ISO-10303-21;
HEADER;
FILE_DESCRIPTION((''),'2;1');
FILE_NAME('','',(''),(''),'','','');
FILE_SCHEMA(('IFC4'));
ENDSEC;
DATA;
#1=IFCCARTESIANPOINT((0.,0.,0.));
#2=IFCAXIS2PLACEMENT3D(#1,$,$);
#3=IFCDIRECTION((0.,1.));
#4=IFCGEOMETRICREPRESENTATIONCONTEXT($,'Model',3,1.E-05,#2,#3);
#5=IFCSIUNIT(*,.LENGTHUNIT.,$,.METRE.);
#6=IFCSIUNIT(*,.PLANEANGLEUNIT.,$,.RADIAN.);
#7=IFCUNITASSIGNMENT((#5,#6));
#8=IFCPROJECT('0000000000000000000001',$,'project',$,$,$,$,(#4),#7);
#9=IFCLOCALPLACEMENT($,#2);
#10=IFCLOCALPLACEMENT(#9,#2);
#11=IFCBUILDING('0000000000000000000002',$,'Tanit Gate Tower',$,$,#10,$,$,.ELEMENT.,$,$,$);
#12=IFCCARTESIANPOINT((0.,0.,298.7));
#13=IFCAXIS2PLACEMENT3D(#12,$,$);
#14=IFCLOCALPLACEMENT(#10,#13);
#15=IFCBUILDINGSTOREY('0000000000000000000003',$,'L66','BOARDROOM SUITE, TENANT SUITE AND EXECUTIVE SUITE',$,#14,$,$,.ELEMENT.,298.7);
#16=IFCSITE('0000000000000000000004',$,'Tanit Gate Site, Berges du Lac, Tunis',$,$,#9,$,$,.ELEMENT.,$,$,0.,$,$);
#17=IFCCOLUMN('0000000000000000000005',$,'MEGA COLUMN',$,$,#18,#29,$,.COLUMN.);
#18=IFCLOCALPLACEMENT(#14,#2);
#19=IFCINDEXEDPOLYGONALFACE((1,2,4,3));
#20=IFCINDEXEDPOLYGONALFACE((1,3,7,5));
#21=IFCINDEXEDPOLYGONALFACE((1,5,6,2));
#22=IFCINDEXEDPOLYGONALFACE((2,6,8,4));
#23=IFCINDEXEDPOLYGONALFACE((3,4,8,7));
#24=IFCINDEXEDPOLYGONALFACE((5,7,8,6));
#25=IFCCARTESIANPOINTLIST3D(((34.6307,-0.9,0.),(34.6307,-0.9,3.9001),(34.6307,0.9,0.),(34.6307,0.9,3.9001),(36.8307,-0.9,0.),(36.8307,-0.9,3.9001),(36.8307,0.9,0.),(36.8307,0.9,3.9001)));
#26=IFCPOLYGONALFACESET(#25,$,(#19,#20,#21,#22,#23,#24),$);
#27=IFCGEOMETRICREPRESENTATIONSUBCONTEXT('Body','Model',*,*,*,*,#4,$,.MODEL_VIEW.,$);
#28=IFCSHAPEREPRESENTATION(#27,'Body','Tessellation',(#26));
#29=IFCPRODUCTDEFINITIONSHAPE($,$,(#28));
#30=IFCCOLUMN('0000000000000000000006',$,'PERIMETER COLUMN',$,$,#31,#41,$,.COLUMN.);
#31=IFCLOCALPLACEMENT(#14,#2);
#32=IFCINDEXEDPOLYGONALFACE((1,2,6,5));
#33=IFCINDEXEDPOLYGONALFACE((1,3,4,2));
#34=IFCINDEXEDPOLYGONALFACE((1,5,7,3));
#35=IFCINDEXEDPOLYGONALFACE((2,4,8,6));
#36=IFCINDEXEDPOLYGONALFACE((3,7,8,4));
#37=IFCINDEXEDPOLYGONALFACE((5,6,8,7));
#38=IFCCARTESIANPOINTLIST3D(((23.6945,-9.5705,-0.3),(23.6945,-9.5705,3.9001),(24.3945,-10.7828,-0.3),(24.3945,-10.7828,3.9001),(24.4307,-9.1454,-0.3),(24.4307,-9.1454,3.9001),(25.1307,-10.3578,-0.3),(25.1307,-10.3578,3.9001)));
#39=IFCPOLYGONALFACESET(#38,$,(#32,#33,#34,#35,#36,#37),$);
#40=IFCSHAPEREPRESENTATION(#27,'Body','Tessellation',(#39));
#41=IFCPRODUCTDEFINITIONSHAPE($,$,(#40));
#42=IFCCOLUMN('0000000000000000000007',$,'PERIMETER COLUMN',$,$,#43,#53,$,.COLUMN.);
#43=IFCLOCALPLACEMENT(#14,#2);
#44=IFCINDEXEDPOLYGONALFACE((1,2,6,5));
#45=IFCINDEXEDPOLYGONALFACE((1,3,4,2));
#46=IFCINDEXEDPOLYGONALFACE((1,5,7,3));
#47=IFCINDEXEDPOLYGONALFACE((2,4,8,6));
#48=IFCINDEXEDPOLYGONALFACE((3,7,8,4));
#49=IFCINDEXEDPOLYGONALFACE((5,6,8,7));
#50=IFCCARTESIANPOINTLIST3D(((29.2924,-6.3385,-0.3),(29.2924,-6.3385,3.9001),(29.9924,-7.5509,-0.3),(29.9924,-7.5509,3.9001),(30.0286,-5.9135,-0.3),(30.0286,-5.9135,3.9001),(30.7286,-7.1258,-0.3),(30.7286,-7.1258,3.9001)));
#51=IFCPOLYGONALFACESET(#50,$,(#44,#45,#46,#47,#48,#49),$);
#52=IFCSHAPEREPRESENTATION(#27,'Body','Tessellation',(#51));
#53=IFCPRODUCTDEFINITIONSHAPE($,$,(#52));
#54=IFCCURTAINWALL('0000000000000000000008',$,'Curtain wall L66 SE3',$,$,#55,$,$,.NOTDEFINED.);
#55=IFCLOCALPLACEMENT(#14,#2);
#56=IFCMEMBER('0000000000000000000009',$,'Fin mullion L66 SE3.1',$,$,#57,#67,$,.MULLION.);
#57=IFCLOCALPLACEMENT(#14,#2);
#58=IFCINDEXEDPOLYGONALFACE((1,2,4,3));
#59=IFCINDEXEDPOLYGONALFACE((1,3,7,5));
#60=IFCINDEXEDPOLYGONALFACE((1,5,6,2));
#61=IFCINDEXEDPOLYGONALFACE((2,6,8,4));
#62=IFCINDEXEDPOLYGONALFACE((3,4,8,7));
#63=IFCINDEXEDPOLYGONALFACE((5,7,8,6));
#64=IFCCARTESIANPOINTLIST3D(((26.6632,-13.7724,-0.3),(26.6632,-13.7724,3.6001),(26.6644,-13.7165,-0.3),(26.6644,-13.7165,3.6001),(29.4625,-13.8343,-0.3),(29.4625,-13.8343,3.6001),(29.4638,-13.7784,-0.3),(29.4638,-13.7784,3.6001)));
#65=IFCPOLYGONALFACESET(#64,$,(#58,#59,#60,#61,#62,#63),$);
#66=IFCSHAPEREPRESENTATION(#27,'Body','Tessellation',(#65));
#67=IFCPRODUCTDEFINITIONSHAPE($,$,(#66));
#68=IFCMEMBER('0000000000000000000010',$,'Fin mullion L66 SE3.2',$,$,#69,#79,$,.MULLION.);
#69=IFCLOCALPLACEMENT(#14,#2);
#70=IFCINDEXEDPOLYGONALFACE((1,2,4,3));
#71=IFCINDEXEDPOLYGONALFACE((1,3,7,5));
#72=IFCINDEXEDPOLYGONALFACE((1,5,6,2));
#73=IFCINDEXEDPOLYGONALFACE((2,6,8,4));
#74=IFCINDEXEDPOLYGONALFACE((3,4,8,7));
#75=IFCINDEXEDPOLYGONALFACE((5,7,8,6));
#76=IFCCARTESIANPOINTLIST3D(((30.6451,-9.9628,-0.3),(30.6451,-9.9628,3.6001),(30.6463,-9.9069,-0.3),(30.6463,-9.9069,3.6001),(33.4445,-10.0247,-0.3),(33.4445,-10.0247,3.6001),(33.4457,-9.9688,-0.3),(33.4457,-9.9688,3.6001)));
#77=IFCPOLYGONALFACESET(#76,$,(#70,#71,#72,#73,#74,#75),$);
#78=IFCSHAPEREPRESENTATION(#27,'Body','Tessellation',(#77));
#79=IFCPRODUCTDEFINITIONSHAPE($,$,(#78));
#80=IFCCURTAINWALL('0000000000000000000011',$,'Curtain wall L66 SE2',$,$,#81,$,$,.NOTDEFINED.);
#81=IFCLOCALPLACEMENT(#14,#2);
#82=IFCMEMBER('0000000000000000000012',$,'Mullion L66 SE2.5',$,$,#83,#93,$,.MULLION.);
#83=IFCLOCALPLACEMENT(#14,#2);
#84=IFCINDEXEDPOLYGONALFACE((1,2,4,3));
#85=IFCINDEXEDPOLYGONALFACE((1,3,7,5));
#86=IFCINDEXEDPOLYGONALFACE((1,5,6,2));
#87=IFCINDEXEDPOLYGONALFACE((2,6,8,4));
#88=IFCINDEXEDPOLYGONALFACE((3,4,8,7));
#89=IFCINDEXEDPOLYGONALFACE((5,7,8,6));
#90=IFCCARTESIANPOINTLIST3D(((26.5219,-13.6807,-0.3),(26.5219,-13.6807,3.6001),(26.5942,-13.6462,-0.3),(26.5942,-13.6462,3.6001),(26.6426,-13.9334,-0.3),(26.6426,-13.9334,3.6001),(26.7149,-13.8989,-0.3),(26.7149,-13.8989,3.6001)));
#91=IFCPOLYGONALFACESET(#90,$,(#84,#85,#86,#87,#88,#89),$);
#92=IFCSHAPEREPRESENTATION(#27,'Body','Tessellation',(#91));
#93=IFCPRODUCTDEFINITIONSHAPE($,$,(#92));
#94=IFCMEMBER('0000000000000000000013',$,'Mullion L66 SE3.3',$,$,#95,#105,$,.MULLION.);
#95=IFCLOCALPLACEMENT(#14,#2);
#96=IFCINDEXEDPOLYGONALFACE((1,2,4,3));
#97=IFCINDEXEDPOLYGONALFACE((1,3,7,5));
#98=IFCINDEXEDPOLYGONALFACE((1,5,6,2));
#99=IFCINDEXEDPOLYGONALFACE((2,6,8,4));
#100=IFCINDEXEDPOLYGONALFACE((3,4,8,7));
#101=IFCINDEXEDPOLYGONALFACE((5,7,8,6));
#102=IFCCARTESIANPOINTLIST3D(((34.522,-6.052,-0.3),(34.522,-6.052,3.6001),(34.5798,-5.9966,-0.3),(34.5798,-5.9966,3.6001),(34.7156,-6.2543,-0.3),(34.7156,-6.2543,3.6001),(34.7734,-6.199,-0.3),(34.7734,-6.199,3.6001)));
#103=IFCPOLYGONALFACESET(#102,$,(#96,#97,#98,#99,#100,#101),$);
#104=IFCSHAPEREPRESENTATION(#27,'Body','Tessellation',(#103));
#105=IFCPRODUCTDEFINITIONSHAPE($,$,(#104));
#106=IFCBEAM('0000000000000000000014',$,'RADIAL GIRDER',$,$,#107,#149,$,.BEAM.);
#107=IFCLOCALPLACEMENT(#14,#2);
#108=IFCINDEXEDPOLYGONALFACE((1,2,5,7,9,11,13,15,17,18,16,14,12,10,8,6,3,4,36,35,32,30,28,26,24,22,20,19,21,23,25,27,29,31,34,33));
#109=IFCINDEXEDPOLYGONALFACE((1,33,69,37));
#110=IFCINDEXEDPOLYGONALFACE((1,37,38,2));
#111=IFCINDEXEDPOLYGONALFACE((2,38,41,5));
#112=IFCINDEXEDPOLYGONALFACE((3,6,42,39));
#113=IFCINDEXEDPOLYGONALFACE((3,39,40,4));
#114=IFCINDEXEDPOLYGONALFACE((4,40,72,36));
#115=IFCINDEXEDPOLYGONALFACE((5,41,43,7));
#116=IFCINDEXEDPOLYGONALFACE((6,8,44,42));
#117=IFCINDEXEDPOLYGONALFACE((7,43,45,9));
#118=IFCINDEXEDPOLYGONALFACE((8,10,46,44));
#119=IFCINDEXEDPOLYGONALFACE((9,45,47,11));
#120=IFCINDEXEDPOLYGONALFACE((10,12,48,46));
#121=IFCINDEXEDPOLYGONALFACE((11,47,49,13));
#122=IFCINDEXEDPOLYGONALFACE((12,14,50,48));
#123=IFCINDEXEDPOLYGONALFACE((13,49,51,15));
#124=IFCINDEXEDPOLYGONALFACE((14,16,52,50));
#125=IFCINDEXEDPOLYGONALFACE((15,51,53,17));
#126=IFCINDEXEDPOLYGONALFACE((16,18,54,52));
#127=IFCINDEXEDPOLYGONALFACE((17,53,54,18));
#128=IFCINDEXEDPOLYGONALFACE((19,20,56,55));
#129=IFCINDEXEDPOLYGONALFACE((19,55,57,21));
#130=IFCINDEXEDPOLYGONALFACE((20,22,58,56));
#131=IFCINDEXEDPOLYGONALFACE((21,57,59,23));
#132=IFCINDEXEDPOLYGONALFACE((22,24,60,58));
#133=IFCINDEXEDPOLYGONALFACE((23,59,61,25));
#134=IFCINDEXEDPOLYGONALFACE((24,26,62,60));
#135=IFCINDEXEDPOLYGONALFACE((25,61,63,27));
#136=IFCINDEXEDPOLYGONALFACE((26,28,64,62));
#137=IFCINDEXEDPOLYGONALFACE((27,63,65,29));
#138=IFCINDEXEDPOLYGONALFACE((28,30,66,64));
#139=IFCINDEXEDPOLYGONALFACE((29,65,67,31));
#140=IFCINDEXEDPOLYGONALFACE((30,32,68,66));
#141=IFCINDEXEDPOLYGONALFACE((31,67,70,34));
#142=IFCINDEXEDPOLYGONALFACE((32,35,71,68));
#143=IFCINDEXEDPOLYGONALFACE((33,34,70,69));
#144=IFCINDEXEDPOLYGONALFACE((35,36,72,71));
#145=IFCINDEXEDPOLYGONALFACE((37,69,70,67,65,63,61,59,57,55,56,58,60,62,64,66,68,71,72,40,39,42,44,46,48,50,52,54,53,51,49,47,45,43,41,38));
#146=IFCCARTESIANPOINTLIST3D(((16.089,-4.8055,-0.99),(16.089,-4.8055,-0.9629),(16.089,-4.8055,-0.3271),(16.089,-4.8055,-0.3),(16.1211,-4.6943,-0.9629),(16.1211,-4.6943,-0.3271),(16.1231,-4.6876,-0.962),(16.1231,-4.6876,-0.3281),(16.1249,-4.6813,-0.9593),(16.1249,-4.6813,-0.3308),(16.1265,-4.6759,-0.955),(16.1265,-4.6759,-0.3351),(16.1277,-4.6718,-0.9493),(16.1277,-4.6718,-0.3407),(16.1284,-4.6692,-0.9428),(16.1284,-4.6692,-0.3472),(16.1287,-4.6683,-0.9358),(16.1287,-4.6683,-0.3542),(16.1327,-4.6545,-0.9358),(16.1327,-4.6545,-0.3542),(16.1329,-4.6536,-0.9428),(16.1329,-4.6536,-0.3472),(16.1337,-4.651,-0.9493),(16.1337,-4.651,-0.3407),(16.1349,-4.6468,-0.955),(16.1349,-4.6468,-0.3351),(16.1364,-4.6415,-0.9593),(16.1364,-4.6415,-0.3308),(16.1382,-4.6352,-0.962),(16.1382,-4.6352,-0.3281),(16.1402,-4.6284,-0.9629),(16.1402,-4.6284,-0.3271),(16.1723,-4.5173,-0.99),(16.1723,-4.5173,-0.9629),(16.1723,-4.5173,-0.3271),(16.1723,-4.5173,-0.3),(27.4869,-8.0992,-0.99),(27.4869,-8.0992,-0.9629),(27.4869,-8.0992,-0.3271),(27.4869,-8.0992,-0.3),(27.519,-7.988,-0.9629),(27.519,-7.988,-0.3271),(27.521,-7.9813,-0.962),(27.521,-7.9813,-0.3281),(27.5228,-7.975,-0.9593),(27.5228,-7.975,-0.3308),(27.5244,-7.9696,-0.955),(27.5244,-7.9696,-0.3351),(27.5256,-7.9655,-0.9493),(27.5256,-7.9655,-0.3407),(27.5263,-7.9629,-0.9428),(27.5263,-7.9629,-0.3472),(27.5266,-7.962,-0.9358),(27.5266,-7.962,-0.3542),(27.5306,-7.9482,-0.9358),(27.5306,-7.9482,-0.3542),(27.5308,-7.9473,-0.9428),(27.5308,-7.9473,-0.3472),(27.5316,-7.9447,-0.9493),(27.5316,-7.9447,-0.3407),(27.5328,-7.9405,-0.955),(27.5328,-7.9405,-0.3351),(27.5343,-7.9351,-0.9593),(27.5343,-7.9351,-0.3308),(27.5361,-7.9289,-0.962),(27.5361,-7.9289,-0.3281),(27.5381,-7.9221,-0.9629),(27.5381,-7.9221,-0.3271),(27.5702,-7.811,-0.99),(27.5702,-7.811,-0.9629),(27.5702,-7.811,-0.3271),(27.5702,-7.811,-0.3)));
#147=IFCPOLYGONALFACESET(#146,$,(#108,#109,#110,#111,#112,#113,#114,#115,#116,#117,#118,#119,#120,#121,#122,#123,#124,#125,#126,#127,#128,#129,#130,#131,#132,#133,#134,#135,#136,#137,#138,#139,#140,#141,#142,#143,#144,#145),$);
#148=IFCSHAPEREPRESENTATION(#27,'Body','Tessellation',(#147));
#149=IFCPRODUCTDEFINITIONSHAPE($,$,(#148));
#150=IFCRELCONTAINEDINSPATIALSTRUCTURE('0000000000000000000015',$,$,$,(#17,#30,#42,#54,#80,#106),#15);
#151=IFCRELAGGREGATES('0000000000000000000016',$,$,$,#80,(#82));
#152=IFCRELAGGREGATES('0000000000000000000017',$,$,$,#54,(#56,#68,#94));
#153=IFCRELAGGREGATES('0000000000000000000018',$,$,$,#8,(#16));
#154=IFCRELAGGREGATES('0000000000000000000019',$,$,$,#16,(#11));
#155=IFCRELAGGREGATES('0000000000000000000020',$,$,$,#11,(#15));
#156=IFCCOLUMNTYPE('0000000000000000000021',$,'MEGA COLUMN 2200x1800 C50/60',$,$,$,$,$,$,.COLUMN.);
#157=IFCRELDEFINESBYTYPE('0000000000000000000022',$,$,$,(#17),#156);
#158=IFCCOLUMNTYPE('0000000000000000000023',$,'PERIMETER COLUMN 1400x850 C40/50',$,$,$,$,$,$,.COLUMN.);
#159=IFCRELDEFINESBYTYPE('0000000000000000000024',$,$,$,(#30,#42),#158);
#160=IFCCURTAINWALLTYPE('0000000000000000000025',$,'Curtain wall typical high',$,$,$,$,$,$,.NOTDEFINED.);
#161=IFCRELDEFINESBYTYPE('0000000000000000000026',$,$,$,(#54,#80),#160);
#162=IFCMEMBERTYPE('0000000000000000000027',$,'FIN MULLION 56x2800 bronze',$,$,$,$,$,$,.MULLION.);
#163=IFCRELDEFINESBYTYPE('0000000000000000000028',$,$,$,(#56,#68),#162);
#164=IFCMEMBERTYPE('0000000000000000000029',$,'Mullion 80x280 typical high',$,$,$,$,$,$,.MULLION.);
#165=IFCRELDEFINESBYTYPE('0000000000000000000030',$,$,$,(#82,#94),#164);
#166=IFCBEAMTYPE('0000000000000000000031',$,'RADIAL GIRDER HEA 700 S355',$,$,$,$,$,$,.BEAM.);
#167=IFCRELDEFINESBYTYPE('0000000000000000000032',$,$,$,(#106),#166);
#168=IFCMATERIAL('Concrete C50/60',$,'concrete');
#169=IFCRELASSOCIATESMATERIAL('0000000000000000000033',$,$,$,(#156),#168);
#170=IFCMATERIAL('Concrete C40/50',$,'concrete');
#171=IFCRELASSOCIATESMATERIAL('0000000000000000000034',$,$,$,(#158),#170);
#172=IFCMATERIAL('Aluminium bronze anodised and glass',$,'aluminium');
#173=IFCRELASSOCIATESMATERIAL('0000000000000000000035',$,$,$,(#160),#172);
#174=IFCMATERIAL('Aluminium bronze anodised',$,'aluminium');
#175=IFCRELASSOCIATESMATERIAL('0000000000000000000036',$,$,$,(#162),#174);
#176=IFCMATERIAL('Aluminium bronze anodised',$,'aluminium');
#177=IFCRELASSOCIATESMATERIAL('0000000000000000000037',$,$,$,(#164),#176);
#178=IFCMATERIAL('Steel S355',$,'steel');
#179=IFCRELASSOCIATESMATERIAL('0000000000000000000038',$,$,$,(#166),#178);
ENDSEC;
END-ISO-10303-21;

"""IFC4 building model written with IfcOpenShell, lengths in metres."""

from ifc_helpers import new_model, si_unit, direction, frame, origin, origin_2d, place, context, subcontext, project, spatial, rectangle, i_section, extrude, material, material_profile, profile_set, type_object, element, aggregate, save


model = new_model("IFC4")

# Units and contexts
model_context = context("Model", 3, precision=1e-05, world=origin(), true_north=direction((0.0, 1.0)))
body_context = subcontext(model_context, "Body", "Model", "MODEL_VIEW")
ifc_project = project(units=[si_unit("LENGTHUNIT", "METRE"), si_unit("PLANEANGLEUNIT", "RADIAN")], contexts=[model_context])

# Site, building, storey
site_placement = place(None, origin())
site = spatial("IfcSite", under=ifc_project, at=site_placement, Name="Tanit Gate Site, Berges du Lac, Tunis", CompositionType="ELEMENT", RefElevation=0.0)
building_placement = place(site_placement, origin())
building = spatial("IfcBuilding", under=site, at=building_placement, Name="Tanit Gate Tower", CompositionType="ELEMENT")
storey_placement = place(building_placement, frame((0.0, 0.0, 298.7)))
storey = spatial("IfcBuildingStorey", under=building, at=storey_placement, Name="L66", Description="BOARDROOM SUITE, TENANT SUITE AND EXECUTIVE SUITE", CompositionType="ELEMENT", Elevation=298.7)

# Columns
ifc_material_1 = material(Name="Concrete C50/60", Category="concrete")
ifc_material_profile_1 = material_profile(ifc_material_1, rectangle(XDim=2.2, YDim=1.8, at=origin_2d()), Name="RC 2200x1800")
ifc_profile_set_1 = profile_set([ifc_material_profile_1], Name="Concrete C50/60")
column_type_1 = type_object("IfcColumnType", Name="MEGA COLUMN 2200x1800 C50/60", PredefinedType="COLUMN", material=ifc_profile_set_1)
column_placement = place(storey_placement, frame((35.7307, 0.0, 0.0), z_axis=(0.0, 0.0, 1.0), x_axis=(1.0, 0.0, 0.0)))
element("IfcColumn", 1, at=column_placement, inside=storey, type_object=column_type_1, Name="MEGA COLUMN", PredefinedType="COLUMN", context=body_context, shape_type="SweptSolid", body=[
    extrude(rectangle(XDim=2.2, YDim=1.8, at=origin_2d()), origin(), (0.0, 0.0, 1.0), 3.9001),
])
ifc_material_2 = material(Name="Concrete C40/50", Category="concrete")
ifc_material_profile_2 = material_profile(ifc_material_2, rectangle(XDim=1.3999, YDim=0.8501, at=origin_2d()), Name="RC 1400x850")
ifc_profile_set_2 = profile_set([ifc_material_profile_2], Name="Concrete C40/50")
column_type_2 = type_object("IfcColumnType", Name="PERIMETER COLUMN 1400x850 C40/50", PredefinedType="COLUMN", material=ifc_profile_set_2)
for number, where, z_axis, x_axis, name in (
    (2, (24.4126, -9.9641, -0.3), (0.0, 0.0, 1.0), (0.5, -0.866025, 0.0), "PERIMETER COLUMN"),
    (3, (30.0105, -6.7322, -0.3), (0.0, 0.0, 1.0), (0.5, -0.866025, 0.0), "PERIMETER COLUMN"),
):
    element("IfcColumn", number, at=place(storey_placement, frame(where, z_axis=z_axis, x_axis=x_axis)), inside=storey, type_object=column_type_2, Name=name, PredefinedType="COLUMN", context=body_context, shape_type="SweptSolid", body=[
        extrude(rectangle(XDim=1.3999, YDim=0.8501, at=origin_2d()), origin(), (0.0, 0.0, 1.0), 4.2002),
    ])

# Curtain wall, members
ifc_material_3 = material(Name="Aluminium bronze anodised and glass", Category="aluminium")
curtain_wall_type = type_object("IfcCurtainWallType", Name="Curtain wall typical high", PredefinedType="NOTDEFINED", material=ifc_material_3)
curtain_wall_1_placement = place(storey_placement, origin())
curtain_wall_1 = element("IfcCurtainWall", 4, at=curtain_wall_1_placement, inside=storey, type_object=curtain_wall_type, Name="Curtain wall L66 SE3", PredefinedType="NOTDEFINED")
ifc_material_4 = material(Name="Aluminium bronze anodised", Category="aluminium")
ifc_material_profile_3 = material_profile(ifc_material_4, rectangle(XDim=2.8, YDim=0.0559, at=origin_2d()), Name="56x2800 bronze fin mullion")
ifc_profile_set_3 = profile_set([ifc_material_profile_3], Name="Aluminium bronze anodised")
member_type_1 = type_object("IfcMemberType", Name="FIN MULLION 56x2800 bronze", PredefinedType="MULLION", material=ifc_profile_set_3)
member_1_placement = place(storey_placement, frame((28.0635, -13.7754, -0.3), z_axis=(0.0, 0.0, 1.0), x_axis=(-0.999755, 0.022122, 0.0)))
member_1 = element("IfcMember", 5, at=member_1_placement, type_object=member_type_1, Name="Fin mullion L66 SE3.1", PredefinedType="MULLION", context=body_context, shape_type="SweptSolid", body=[
    extrude(rectangle(XDim=2.8, YDim=0.0559, at=origin_2d()), origin(), (0.0, 0.0, 1.0), 3.9001),
])
member_2_placement = place(storey_placement, frame((32.0454, -9.9658, -0.3), z_axis=(0.0, 0.0, 1.0), x_axis=(-0.999755, 0.022122, 0.0)))
member_2 = element("IfcMember", 6, at=member_2_placement, type_object=member_type_1, Name="Fin mullion L66 SE3.2", PredefinedType="MULLION", context=body_context, shape_type="SweptSolid", body=[
    extrude(rectangle(XDim=2.8, YDim=0.0559, at=origin_2d()), origin(), (0.0, 0.0, 1.0), 3.9001),
])

# Curtain wall, member
curtain_wall_2_placement = place(storey_placement, origin())
curtain_wall_2 = element("IfcCurtainWall", 7, at=curtain_wall_2_placement, inside=storey, type_object=curtain_wall_type, Name="Curtain wall L66 SE2", PredefinedType="NOTDEFINED")
ifc_material_5 = material(Name="Aluminium bronze anodised", Category="aluminium")
ifc_material_profile_4 = material_profile(ifc_material_5, rectangle(XDim=0.28, YDim=0.0801, at=origin_2d()), Name="80x280 bronze mullion")
ifc_profile_set_4 = profile_set([ifc_material_profile_4], Name="Aluminium bronze anodised")
member_type_2 = type_object("IfcMemberType", Name="Mullion 80x280 typical high", PredefinedType="MULLION", material=ifc_profile_set_4)
member_3_placement = place(storey_placement, frame((26.6184, -13.7898, -0.3), z_axis=(0.0, 0.0, 1.0), x_axis=(-0.431073, 0.902317, 0.0)))
member_3 = element("IfcMember", 8, at=member_3_placement, type_object=member_type_2, Name="Mullion L66 SE2.5", PredefinedType="MULLION", context=body_context, shape_type="SweptSolid", body=[
    extrude(rectangle(XDim=0.28, YDim=0.0801, at=origin_2d()), origin(), (0.0, 0.0, 1.0), 3.9001),
])

# Member
member_4_placement = place(storey_placement, frame((34.6477, -6.1255, -0.3), z_axis=(0.0, 0.0, 1.0), x_axis=(-0.691291, 0.722577, 0.0)))
member_4 = element("IfcMember", 9, at=member_4_placement, type_object=member_type_2, Name="Mullion L66 SE3.3", PredefinedType="MULLION", context=body_context, shape_type="SweptSolid", body=[
    extrude(rectangle(XDim=0.28, YDim=0.0801, at=origin_2d()), origin(), (0.0, 0.0, 1.0), 3.9001),
])

# Beam
ifc_material_6 = material(Name="Steel S355", Category="steel")
ifc_material_profile_5 = material_profile(ifc_material_6, i_section(OverallWidth=0.3, OverallDepth=0.6899, WebThickness=0.0144, FlangeThickness=0.0271, FilletRadius=0.0271, at=origin_2d()), Name="HEA 700")
ifc_profile_set_5 = profile_set([ifc_material_profile_5], Name="Steel S355")
beam_type_1 = type_object("IfcBeamType", Name="RADIAL GIRDER HEA 700 S355", PredefinedType="BEAM", material=ifc_profile_set_5)
beam_1_placement = place(storey_placement, frame((27.5286, -7.9551, -0.645), z_axis=(-0.960693, 0.277614, 0.0), x_axis=(-0.277614, -0.960693, 0.0)))
element("IfcBeam", 10, at=beam_1_placement, inside=storey, type_object=beam_type_1, Name="RADIAL GIRDER", PredefinedType="BEAM", context=body_context, shape_type="SweptSolid", body=[
    extrude(i_section(OverallWidth=0.3, OverallDepth=0.6899, WebThickness=0.0144, FlangeThickness=0.0271, FilletRadius=0.0271, at=origin_2d()), origin(), (0.0, 0.0, 1.0), 11.8643),
])

aggregate(curtain_wall_2, [member_3])
aggregate(curtain_wall_1, [member_1, member_2, member_4])

save(model, "model.ifc")
